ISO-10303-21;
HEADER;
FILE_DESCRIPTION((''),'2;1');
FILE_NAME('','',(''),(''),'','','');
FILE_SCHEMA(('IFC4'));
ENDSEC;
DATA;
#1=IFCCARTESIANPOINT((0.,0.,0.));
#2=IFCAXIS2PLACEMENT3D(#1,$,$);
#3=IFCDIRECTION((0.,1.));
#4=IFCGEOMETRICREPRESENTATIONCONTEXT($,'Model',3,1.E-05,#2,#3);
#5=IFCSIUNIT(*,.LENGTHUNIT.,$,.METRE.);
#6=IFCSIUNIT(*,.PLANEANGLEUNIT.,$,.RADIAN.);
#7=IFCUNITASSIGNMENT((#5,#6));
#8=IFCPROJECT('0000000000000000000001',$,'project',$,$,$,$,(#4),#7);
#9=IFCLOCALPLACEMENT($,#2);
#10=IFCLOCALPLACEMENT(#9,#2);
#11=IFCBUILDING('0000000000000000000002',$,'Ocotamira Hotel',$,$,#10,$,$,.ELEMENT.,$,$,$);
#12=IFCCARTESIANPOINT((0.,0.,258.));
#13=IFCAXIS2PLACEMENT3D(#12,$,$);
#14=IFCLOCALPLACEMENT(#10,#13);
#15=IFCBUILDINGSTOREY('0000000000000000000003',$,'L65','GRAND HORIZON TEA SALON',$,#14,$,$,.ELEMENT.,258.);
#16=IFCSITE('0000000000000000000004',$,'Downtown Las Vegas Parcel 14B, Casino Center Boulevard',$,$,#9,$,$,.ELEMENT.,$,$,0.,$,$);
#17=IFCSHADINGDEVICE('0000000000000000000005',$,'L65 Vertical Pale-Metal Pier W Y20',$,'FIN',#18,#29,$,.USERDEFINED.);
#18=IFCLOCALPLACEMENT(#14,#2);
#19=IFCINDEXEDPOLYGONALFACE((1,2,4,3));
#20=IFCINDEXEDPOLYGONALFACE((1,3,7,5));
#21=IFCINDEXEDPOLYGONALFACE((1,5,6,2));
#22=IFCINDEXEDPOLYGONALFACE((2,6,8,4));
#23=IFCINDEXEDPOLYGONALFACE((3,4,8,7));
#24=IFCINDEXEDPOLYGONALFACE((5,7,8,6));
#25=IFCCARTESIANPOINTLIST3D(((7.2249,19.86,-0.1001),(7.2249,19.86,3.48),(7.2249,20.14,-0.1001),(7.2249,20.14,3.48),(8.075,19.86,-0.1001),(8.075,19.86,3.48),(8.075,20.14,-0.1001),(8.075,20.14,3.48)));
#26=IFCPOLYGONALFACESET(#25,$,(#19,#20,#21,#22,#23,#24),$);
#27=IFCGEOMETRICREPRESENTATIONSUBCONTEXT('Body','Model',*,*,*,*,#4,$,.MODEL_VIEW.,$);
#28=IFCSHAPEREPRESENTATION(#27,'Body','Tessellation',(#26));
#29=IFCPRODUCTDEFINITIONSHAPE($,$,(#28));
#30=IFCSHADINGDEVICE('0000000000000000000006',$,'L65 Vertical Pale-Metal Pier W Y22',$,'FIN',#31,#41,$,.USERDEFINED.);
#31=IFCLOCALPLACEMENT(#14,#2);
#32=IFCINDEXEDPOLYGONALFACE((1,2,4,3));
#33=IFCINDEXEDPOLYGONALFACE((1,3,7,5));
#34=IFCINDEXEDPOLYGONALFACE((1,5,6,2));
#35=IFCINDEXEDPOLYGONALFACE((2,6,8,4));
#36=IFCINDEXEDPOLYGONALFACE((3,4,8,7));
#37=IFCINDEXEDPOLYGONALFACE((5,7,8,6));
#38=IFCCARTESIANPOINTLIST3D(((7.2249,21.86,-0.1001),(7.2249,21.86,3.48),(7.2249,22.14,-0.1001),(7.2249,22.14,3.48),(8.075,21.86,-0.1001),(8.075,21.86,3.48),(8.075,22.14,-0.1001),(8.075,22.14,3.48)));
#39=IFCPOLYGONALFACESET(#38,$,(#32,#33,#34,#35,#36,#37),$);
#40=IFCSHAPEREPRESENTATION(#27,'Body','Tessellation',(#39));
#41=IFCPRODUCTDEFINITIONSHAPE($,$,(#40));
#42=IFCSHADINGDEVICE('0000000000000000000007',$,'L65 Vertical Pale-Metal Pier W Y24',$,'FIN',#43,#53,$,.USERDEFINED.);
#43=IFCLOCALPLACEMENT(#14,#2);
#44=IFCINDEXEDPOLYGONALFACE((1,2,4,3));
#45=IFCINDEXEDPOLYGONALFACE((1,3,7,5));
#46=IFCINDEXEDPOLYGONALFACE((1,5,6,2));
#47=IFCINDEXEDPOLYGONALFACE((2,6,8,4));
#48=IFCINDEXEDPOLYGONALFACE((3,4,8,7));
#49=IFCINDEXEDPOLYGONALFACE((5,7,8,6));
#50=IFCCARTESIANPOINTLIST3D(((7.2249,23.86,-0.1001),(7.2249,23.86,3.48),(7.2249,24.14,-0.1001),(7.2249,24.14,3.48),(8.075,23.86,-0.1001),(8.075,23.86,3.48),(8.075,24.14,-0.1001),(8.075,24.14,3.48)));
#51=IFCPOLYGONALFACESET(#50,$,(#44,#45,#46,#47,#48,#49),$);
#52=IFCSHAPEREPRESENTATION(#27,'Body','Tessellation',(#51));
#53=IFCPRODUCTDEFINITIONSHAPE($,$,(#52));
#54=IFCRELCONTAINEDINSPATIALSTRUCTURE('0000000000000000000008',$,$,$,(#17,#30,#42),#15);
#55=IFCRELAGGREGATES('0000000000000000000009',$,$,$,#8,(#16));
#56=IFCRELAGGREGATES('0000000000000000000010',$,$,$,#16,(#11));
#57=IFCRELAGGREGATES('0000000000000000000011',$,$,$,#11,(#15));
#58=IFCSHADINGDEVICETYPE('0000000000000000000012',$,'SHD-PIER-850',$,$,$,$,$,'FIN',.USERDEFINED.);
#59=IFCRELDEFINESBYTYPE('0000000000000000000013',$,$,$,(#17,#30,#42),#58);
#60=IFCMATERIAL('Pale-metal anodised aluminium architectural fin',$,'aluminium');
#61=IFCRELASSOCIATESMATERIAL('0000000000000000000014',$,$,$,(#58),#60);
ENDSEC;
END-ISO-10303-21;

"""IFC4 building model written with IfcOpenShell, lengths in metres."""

from ifc_helpers import new_model, si_unit, direction, frame, origin, origin_2d, place, context, subcontext, project, spatial, rectangle, extrude, source, transform, mapped, material, type_object, element, save


model = new_model("IFC4")

# Units and contexts
model_context = context("Model", 3, precision=1e-05, world=origin(), true_north=direction((0.0, 1.0)))
body_context = subcontext(model_context, "Body", "Model", "MODEL_VIEW")
ifc_project = project(units=[si_unit("LENGTHUNIT", "METRE"), si_unit("PLANEANGLEUNIT", "RADIAN")], contexts=[model_context])

# Site, building, storey
site_placement = place(None, origin())
site = spatial("IfcSite", under=ifc_project, at=site_placement, Name="Downtown Las Vegas Parcel 14B, Casino Center Boulevard", CompositionType="ELEMENT", RefElevation=0.0)
building_placement = place(site_placement, origin())
building = spatial("IfcBuilding", under=site, at=building_placement, Name="Ocotamira Hotel", CompositionType="ELEMENT")
storey_placement = place(building_placement, frame((0.0, 0.0, 258.0)))
storey = spatial("IfcBuildingStorey", under=building, at=storey_placement, Name="L65", Description="GRAND HORIZON TEA SALON", CompositionType="ELEMENT", Elevation=258.0)

# Shading devices
ifc_material_1 = material(Name="Pale-metal anodised aluminium architectural fin", Category="aluminium")
shading_device_type = type_object("IfcShadingDeviceType", Name="SHD-PIER-850", ElementType="FIN", PredefinedType="USERDEFINED", material=ifc_material_1)
shared_shape_1 = source(origin(), body_context, "Body", "SweptSolid", [
    extrude(rectangle(XDim=0.8501, YDim=0.28, at=origin_2d()), origin(), (0.0, 0.0, 1.0), 3.5801),
])
for number, where, z_axis, x_axis, name in (
    (1, (7.6499, 20.0, -0.1001), (0.0, 0.0, 1.0), (1.0, 0.0, 0.0), "L65 Vertical Pale-Metal Pier W Y20"),
    (2, (7.6499, 22.0, -0.1001), (0.0, 0.0, 1.0), (1.0, 0.0, 0.0), "L65 Vertical Pale-Metal Pier W Y22"),
    (3, (7.6499, 24.0, -0.1001), (0.0, 0.0, 1.0), (1.0, 0.0, 0.0), "L65 Vertical Pale-Metal Pier W Y24"),
):
    element("IfcShadingDevice", number, at=place(storey_placement, frame(where, z_axis=z_axis, x_axis=x_axis)), inside=storey, type_object=shading_device_type, Name=name, ObjectType="FIN", PredefinedType="USERDEFINED", context=body_context, shape_type="MappedRepresentation", body=[
        mapped(shared_shape_1, transform((0.0, 0.0, 0.0), scale=1.0)),
    ])

save(model, "model.ifc")
